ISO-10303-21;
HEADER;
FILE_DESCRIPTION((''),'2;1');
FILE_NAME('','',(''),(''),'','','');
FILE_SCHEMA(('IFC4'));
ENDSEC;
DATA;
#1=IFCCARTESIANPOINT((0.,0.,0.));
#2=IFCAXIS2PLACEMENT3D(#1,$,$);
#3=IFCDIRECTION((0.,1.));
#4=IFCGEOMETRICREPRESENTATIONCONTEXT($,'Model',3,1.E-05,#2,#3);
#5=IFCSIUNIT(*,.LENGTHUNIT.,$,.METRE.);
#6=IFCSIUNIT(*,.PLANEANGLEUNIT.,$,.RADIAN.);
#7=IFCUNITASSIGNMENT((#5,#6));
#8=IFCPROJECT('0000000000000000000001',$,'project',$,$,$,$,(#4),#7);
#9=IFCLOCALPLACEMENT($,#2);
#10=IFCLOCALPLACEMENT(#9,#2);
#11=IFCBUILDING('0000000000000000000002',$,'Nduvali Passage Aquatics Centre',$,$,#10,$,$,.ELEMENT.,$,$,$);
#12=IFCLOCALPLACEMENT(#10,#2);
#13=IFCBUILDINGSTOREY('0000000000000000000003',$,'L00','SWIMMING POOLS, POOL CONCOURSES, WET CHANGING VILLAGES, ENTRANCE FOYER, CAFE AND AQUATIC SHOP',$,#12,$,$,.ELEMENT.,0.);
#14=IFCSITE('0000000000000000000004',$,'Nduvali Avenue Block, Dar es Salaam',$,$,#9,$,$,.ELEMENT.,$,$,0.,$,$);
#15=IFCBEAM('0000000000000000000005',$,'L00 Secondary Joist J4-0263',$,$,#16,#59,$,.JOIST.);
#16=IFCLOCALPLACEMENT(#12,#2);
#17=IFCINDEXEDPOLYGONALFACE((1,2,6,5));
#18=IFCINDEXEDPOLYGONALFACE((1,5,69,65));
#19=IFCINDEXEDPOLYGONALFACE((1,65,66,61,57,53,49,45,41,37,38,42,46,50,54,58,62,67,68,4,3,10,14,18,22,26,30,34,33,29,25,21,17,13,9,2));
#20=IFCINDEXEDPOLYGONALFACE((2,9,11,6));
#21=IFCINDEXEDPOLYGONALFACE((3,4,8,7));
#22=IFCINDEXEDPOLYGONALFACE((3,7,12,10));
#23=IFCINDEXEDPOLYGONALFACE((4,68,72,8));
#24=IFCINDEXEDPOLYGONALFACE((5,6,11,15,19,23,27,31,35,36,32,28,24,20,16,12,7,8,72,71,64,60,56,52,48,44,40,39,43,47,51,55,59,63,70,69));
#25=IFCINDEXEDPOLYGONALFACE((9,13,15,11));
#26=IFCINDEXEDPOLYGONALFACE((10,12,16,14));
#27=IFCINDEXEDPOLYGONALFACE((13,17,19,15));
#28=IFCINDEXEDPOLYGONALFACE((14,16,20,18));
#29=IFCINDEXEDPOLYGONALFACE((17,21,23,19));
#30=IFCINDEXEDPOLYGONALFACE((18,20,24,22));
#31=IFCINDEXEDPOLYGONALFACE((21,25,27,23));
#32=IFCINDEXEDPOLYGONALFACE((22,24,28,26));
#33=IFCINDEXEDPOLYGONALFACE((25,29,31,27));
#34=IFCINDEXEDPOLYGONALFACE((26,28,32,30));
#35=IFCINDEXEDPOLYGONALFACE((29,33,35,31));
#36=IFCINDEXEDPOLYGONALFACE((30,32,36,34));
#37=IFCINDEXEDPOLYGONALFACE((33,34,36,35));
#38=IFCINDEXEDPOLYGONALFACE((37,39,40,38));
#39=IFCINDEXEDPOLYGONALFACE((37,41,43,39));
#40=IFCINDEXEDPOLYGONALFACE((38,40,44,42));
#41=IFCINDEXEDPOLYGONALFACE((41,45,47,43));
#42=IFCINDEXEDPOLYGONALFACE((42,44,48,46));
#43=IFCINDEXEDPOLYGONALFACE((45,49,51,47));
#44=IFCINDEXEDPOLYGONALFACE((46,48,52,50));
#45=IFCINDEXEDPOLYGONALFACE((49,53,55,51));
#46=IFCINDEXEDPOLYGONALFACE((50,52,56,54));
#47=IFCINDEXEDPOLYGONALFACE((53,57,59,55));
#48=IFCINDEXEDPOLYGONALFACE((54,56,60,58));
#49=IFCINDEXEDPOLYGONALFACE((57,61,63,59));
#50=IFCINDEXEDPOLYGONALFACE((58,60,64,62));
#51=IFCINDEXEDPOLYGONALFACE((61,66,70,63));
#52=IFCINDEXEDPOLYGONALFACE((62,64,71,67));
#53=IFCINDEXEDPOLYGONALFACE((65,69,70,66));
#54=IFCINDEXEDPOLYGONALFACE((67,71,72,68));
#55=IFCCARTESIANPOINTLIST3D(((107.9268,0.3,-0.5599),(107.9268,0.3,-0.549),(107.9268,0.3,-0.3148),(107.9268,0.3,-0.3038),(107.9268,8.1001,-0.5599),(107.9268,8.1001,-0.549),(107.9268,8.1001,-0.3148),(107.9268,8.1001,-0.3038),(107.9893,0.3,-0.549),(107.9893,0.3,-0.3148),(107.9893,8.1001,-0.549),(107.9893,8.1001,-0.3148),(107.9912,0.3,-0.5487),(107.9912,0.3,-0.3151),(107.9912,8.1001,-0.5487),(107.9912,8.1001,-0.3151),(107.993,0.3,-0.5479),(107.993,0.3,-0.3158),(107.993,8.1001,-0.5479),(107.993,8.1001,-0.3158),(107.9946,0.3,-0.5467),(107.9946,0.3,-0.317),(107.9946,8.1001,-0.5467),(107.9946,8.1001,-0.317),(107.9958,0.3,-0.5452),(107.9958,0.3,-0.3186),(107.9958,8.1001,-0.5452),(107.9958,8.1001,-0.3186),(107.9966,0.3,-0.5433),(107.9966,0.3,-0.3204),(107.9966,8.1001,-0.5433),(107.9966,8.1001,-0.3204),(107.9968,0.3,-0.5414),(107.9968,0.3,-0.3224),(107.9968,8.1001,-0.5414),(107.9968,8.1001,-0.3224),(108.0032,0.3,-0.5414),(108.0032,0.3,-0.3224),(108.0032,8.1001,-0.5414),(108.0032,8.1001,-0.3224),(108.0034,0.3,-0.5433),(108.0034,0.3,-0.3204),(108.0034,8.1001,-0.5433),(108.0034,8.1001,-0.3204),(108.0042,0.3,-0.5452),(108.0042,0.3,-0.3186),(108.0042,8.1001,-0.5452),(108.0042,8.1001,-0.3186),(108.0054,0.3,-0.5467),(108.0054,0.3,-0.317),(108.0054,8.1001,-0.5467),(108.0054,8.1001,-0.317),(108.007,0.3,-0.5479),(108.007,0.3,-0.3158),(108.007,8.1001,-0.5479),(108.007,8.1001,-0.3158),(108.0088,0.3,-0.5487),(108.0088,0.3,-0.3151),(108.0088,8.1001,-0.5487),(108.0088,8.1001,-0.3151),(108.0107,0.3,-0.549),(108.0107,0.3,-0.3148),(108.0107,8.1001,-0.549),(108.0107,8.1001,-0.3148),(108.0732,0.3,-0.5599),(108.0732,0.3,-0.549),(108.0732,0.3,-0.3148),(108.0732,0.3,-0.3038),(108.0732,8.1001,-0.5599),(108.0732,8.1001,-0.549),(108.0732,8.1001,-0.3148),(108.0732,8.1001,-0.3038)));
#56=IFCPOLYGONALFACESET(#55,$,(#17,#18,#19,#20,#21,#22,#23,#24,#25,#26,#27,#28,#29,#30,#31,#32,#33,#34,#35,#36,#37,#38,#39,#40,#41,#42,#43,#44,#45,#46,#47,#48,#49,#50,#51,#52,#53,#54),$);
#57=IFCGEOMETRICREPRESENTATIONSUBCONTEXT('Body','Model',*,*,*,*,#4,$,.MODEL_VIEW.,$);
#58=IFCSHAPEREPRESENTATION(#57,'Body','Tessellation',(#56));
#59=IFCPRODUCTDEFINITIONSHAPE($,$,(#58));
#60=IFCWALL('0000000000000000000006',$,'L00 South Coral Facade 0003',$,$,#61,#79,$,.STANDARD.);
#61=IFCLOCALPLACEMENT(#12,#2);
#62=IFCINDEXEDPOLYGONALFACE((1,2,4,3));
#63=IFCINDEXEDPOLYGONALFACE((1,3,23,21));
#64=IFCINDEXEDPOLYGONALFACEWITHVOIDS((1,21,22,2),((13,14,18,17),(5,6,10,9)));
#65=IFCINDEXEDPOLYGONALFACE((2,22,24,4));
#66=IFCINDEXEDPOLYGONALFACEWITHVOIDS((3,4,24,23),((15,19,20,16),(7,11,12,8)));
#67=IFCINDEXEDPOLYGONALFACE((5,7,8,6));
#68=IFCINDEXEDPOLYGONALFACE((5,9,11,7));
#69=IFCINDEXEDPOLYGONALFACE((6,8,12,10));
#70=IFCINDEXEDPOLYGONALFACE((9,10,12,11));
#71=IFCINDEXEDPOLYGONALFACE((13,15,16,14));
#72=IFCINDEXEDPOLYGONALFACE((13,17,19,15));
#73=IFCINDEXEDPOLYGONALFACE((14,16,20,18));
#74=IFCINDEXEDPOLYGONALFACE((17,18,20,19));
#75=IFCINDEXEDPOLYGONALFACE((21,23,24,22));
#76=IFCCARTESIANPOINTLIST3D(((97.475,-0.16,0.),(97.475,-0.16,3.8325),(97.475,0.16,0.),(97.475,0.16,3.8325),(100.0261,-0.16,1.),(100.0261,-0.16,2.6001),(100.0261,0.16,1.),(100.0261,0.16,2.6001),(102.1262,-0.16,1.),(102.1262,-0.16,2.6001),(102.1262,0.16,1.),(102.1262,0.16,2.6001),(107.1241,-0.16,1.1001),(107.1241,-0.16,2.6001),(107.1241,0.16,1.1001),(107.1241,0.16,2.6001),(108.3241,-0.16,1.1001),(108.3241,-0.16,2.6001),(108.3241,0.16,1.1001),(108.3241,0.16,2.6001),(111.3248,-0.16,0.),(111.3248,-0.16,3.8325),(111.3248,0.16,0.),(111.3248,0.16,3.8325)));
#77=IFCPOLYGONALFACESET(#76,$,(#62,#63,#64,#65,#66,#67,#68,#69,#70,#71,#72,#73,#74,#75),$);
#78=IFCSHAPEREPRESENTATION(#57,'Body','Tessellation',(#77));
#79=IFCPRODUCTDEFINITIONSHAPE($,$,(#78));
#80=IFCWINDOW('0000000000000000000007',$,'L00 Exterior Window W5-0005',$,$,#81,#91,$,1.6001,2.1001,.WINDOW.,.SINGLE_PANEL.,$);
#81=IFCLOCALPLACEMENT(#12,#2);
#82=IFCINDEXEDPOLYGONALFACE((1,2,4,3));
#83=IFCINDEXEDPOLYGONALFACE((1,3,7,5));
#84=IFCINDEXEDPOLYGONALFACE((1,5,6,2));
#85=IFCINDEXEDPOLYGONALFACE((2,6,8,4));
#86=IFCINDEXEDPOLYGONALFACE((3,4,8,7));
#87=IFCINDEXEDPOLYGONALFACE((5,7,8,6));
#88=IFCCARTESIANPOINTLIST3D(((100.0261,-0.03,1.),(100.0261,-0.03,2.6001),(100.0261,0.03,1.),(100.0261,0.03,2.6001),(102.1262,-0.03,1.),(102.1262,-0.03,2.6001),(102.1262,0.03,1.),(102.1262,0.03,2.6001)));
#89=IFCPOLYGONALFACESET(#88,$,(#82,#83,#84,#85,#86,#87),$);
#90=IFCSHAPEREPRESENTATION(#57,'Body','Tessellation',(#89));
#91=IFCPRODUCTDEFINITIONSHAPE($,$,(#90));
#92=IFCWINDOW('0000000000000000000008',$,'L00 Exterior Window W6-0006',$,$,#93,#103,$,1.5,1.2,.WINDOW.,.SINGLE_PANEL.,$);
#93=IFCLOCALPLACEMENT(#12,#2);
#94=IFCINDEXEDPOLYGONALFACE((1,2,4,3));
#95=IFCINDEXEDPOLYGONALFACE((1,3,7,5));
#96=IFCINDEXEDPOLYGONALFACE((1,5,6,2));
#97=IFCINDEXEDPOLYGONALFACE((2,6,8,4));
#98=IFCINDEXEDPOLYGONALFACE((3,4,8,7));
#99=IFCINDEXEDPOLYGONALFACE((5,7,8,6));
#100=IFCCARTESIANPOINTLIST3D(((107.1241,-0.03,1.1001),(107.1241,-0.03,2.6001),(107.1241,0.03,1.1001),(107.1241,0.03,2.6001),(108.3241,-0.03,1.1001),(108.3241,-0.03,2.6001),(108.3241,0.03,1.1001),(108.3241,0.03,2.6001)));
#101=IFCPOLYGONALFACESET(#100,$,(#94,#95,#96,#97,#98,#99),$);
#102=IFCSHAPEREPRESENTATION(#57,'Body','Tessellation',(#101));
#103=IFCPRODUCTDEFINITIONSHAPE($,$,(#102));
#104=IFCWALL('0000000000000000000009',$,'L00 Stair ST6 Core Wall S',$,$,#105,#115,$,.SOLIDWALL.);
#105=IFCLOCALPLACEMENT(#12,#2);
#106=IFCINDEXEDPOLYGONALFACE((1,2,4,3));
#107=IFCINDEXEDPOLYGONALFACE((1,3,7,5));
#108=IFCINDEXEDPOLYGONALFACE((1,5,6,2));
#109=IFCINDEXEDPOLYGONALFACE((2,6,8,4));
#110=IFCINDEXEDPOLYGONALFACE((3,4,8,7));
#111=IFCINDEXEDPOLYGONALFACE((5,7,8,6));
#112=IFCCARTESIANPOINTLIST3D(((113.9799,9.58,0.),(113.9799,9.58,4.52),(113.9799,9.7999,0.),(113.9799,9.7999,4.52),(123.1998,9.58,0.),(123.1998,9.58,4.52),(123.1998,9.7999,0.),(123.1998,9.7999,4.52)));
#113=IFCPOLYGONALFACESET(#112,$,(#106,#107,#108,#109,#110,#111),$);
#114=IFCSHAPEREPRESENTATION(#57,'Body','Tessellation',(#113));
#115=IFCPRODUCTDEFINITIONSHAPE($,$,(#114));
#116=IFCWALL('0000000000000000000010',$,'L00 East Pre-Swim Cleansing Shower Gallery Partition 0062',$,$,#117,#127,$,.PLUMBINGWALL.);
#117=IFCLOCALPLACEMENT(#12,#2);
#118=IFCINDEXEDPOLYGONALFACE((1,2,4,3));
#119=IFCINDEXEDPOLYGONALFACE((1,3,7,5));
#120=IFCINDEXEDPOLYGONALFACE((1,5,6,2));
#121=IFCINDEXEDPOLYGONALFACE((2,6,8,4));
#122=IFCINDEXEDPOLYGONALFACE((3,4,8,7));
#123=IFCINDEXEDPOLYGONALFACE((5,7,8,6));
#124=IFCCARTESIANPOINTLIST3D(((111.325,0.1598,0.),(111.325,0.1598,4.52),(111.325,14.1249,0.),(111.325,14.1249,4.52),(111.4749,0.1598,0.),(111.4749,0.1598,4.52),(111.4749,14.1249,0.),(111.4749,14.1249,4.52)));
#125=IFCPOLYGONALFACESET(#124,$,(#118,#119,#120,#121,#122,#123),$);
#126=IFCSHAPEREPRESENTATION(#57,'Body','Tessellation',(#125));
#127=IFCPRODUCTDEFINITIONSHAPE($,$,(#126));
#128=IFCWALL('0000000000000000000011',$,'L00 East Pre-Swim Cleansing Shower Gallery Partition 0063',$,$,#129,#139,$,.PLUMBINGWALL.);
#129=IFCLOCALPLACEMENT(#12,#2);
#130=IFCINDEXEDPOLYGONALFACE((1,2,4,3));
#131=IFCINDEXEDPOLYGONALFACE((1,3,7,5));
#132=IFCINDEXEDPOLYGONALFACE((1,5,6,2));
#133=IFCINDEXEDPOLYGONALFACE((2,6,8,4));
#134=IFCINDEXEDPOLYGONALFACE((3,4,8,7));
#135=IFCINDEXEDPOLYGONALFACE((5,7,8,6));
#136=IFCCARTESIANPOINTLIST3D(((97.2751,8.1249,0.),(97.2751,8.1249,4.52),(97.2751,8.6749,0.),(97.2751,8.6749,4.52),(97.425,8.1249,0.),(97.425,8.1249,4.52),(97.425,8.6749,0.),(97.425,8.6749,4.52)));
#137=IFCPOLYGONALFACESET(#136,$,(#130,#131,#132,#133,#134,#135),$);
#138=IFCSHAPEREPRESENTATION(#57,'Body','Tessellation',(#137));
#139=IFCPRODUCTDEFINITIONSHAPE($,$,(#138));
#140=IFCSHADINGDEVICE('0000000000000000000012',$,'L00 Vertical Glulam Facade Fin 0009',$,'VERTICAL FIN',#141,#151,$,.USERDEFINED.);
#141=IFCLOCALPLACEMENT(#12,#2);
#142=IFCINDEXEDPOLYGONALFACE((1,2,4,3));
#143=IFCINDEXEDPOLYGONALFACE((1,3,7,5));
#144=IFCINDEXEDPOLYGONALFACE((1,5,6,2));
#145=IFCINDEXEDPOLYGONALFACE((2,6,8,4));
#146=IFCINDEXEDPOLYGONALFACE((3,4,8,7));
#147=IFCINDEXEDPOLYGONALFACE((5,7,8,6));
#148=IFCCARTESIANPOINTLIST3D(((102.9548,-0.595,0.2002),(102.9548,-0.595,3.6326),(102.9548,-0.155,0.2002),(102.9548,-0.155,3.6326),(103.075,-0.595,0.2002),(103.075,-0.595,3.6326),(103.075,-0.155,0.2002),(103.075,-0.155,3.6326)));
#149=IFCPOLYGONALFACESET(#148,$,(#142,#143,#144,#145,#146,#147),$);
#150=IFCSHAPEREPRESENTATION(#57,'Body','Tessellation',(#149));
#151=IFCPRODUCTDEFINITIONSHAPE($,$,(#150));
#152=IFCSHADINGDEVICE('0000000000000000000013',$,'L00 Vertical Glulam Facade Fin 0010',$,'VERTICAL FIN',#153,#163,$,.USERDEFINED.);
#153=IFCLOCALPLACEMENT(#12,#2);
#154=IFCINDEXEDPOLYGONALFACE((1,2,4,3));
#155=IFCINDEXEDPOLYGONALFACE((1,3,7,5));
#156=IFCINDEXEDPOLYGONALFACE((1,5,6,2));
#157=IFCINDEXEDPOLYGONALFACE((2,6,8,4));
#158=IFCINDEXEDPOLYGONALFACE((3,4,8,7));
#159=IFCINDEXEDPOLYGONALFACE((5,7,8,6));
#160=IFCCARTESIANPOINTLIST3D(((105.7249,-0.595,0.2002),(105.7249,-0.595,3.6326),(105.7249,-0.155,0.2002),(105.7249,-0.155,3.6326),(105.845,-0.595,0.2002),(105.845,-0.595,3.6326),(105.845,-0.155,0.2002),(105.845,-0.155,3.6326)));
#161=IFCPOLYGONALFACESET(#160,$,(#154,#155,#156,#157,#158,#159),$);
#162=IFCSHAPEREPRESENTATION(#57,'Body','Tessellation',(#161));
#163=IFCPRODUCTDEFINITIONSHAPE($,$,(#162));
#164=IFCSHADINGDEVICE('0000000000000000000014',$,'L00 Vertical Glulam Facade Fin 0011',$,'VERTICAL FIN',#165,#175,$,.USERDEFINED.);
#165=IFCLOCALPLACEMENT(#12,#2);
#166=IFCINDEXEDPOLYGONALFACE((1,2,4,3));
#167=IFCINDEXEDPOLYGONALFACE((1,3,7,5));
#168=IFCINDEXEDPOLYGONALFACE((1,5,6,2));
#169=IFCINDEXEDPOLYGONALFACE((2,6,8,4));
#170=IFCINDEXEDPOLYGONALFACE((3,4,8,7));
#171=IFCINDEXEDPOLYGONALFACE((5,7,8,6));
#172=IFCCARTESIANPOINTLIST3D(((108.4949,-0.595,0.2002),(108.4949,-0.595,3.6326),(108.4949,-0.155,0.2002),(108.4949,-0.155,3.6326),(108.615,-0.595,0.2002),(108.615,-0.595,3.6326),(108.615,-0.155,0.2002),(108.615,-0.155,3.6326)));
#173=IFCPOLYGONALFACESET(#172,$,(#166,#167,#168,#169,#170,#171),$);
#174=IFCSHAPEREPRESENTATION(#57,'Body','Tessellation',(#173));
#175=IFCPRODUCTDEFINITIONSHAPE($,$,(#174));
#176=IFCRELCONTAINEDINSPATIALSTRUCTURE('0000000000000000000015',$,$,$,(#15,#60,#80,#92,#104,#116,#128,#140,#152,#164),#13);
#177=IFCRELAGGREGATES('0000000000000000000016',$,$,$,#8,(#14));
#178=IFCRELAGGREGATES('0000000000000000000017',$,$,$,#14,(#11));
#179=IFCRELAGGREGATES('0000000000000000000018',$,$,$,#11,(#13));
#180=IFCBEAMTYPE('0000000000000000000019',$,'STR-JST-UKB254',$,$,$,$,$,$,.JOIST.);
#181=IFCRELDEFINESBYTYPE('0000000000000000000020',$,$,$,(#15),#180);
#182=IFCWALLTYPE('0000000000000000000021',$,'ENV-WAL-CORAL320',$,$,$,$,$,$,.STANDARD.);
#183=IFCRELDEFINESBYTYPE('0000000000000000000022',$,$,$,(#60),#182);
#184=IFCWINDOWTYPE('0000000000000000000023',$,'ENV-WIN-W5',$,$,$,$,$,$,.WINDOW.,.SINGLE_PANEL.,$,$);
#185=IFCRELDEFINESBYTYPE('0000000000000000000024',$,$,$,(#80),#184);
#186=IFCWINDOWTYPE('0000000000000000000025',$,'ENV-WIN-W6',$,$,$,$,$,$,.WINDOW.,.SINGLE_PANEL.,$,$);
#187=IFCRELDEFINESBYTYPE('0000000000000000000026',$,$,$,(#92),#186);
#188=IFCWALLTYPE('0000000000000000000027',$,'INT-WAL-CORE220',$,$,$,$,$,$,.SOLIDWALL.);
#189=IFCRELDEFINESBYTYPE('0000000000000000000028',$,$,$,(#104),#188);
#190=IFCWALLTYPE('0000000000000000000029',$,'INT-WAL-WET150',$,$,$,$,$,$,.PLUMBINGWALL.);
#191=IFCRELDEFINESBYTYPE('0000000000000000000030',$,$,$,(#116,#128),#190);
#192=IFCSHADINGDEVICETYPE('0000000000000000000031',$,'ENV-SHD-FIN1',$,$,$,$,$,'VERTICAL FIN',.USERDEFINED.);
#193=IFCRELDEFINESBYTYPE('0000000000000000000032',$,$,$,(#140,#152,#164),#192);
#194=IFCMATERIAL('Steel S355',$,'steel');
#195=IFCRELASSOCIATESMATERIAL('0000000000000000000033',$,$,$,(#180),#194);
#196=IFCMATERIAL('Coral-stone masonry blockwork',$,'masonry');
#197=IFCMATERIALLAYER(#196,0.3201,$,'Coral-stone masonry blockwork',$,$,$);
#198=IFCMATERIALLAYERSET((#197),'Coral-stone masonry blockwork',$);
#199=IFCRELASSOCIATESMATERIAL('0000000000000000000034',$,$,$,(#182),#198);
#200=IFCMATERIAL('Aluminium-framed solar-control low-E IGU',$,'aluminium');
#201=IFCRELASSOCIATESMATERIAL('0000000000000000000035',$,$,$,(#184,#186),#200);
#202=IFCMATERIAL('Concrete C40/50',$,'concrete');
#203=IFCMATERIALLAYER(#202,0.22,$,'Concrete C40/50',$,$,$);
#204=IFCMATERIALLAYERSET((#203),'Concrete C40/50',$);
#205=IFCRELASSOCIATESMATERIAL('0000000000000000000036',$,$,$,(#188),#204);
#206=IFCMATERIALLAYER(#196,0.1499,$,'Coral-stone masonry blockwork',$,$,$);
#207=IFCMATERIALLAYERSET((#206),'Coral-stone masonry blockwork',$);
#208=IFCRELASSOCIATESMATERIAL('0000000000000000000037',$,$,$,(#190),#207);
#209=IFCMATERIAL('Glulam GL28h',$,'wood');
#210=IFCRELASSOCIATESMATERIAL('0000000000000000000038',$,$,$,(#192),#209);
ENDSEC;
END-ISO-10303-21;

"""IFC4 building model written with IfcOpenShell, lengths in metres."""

from ifc_helpers import new_model, si_unit, direction, frame, frame_2d, origin, origin_2d, place, context, subcontext, project, spatial, rectangle, i_section, extrude, material, layer, layer_set, material_profile, profile_set, type_object, element, fill, save


model = new_model("IFC4")

# Units and contexts
model_context = context("Model", 3, precision=1e-05, world=origin(), true_north=direction((0.0, 1.0)))
body_context = subcontext(model_context, "Body", "Model", "MODEL_VIEW")
ifc_project = project(units=[si_unit("LENGTHUNIT", "METRE"), si_unit("PLANEANGLEUNIT", "RADIAN")], contexts=[model_context])

# Site, building, storey
site_placement = place(None, origin())
site = spatial("IfcSite", under=ifc_project, at=site_placement, Name="Nduvali Avenue Block, Dar es Salaam", CompositionType="ELEMENT", RefElevation=0.0)
building_placement = place(site_placement, origin())
building = spatial("IfcBuilding", under=site, at=building_placement, Name="Nduvali Passage Aquatics Centre", CompositionType="ELEMENT")
storey_placement = place(building_placement, origin())
storey = spatial("IfcBuildingStorey", under=building, at=storey_placement, Name="L00", Description="SWIMMING POOLS, POOL CONCOURSES, WET CHANGING VILLAGES, ENTRANCE FOYER, CAFE AND AQUATIC SHOP", CompositionType="ELEMENT", Elevation=0.0)

# Shared definitions
ifc_material_1 = material(Name="Concrete C40/50", Category="concrete")

# Beam
ifc_material_2 = material(Name="Steel S355", Category="steel")
ifc_material_profile_1 = material_profile(ifc_material_2, i_section(OverallWidth=0.1465, OverallDepth=0.2561, WebThickness=0.0063, FlangeThickness=0.011, FilletRadius=0.0076, at=origin_2d()), Name="UKB 254x146x37")
ifc_profile_set_1 = profile_set([ifc_material_profile_1], Name="Steel S355")
beam_type_1 = type_object("IfcBeamType", Name="STR-JST-UKB254", PredefinedType="JOIST", material=ifc_profile_set_1)
for number, where, z_axis, x_axis, name in (
    (1, (108.0, 0.3, -0.4319), (0.0, 1.0, 0.0), (-1.0, 0.0, 0.0), "L00 Secondary Joist J4-0263"),
):
    element("IfcBeam", number, at=place(storey_placement, frame(where, z_axis=z_axis, x_axis=x_axis)), inside=storey, type_object=beam_type_1, Name=name, PredefinedType="JOIST", context=body_context, shape_type="SweptSolid", body=[
        extrude(i_section(OverallWidth=0.1465, OverallDepth=0.2561, WebThickness=0.0063, FlangeThickness=0.011, FilletRadius=0.0076, at=origin_2d()), origin(), (0.0, 0.0, 1.0), 7.8),
    ])

# Wall, openings, windows
ifc_material_3 = material(Name="Coral-stone masonry blockwork", Category="masonry")
ifc_layer_1 = layer(ifc_material_3, 0.3201, Name="Coral-stone masonry blockwork")
ifc_layer_set_1 = layer_set([ifc_layer_1], Name="Coral-stone masonry blockwork")
wall_type_1 = type_object("IfcWallType", Name="ENV-WAL-CORAL320", PredefinedType="STANDARD", material=ifc_layer_set_1)
wall_1_placement = place(storey_placement, frame((97.4751, 0.0, 0.0), z_axis=(0.0, 0.0, 1.0), x_axis=(1.0, 0.0, 0.0)))
wall_1 = element("IfcWall", 2, at=wall_1_placement, inside=storey, type_object=wall_type_1, Name="L00 South Coral Facade 0003", PredefinedType="STANDARD", context=body_context, shape_type="SweptSolid", body=[
    extrude(rectangle(XDim=13.8499, YDim=0.3201, at=frame_2d((6.9248, 0.0))), origin(), (0.0, 0.0, 1.0), 3.8325),
])
opening_1_placement = place(wall_1_placement, frame((2.551, 0.0, 1.0)))
opening_1 = element("IfcOpeningElement", 3, at=opening_1_placement, cuts=wall_1, PredefinedType="OPENING", context=body_context, shape_type="SweptSolid", body=[
    extrude(rectangle(XDim=2.1001, YDim=1.6001, at=frame_2d((1.05, 0.8))), frame((0.0, 0.1748, 0.0), z_axis=(0.0, -1.0, 0.0), x_axis=(1.0, 0.0, 0.0)), (0.0, 0.0, 1.0), 0.3499),
])
opening_2_placement = place(wall_1_placement, frame((9.6489, 0.0, 1.1001)))
opening_2 = element("IfcOpeningElement", 4, at=opening_2_placement, cuts=wall_1, PredefinedType="OPENING", context=body_context, shape_type="SweptSolid", body=[
    extrude(rectangle(XDim=1.2, YDim=1.5, at=frame_2d((0.6001, 0.75))), frame((0.0, 0.1748, 0.0), z_axis=(0.0, -1.0, 0.0), x_axis=(1.0, 0.0, 0.0)), (0.0, 0.0, 1.0), 0.3499),
])
ifc_material_4 = material(Name="Aluminium-framed solar-control low-E IGU", Category="aluminium")
window_type_1 = type_object("IfcWindowType", Name="ENV-WIN-W5", PartitioningType="SINGLE_PANEL", PredefinedType="WINDOW", material=ifc_material_4)
window_1_placement = place(opening_1_placement, origin())
window_1 = element("IfcWindow", 5, at=window_1_placement, inside=storey, type_object=window_type_1, Name="L00 Exterior Window W5-0005", OverallHeight=1.6001, OverallWidth=2.1001, PartitioningType="SINGLE_PANEL", PredefinedType="WINDOW", context=body_context, shape_type="SweptSolid", body=[
    extrude(rectangle(XDim=2.1001, YDim=1.6001, at=frame_2d((1.05, 0.8))), frame((0.0, 0.03, 0.0), z_axis=(0.0, -1.0, 0.0), x_axis=(1.0, 0.0, 0.0)), (0.0, 0.0, 1.0), 0.0601),
])
fill(opening_1, window_1)
window_type_2 = type_object("IfcWindowType", Name="ENV-WIN-W6", PartitioningType="SINGLE_PANEL", PredefinedType="WINDOW", material=ifc_material_4)
window_2_placement = place(opening_2_placement, origin())
window_2 = element("IfcWindow", 6, at=window_2_placement, inside=storey, type_object=window_type_2, Name="L00 Exterior Window W6-0006", OverallHeight=1.5, OverallWidth=1.2, PartitioningType="SINGLE_PANEL", PredefinedType="WINDOW", context=body_context, shape_type="SweptSolid", body=[
    extrude(rectangle(XDim=1.2, YDim=1.5, at=frame_2d((0.6001, 0.75))), frame((0.0, 0.03, 0.0), z_axis=(0.0, -1.0, 0.0), x_axis=(1.0, 0.0, 0.0)), (0.0, 0.0, 1.0), 0.0601),
])
fill(opening_2, window_2)

# Walls
ifc_layer_2 = layer(ifc_material_1, 0.22, Name="Concrete C40/50")
ifc_layer_set_2 = layer_set([ifc_layer_2], Name="Concrete C40/50")
wall_type_2 = type_object("IfcWallType", Name="INT-WAL-CORE220", PredefinedType="SOLIDWALL", material=ifc_layer_set_2)
wall_2_placement = place(storey_placement, frame((113.98, 9.6899, 0.0), z_axis=(0.0, 0.0, 1.0), x_axis=(1.0, 0.0, 0.0)))
element("IfcWall", 7, at=wall_2_placement, inside=storey, type_object=wall_type_2, Name="L00 Stair ST6 Core Wall S", PredefinedType="SOLIDWALL", context=body_context, shape_type="SweptSolid", body=[
    extrude(rectangle(XDim=9.22, YDim=0.22, at=frame_2d((4.6099, 0.0))), origin(), (0.0, 0.0, 1.0), 4.52),
])
ifc_layer_3 = layer(ifc_material_3, 0.1499, Name="Coral-stone masonry blockwork")
ifc_layer_set_3 = layer_set([ifc_layer_3], Name="Coral-stone masonry blockwork")
wall_type_3 = type_object("IfcWallType", Name="INT-WAL-WET150", PredefinedType="PLUMBINGWALL", material=ifc_layer_set_3)
wall_3_placement = place(storey_placement, frame((111.3999, 0.1599, 0.0), z_axis=(0.0, 0.0, 1.0), x_axis=(0.0, 1.0, 0.0)))
element("IfcWall", 8, at=wall_3_placement, inside=storey, type_object=wall_type_3, Name="L00 East Pre-Swim Cleansing Shower Gallery Partition 0062", PredefinedType="PLUMBINGWALL", context=body_context, shape_type="SweptSolid", body=[
    extrude(rectangle(XDim=13.9651, YDim=0.1499, at=frame_2d((6.9824, 0.0))), origin(), (0.0, 0.0, 1.0), 4.52),
])
wall_4_placement = place(storey_placement, frame((97.3501, 8.125, 0.0), z_axis=(0.0, 0.0, 1.0), x_axis=(0.0, 1.0, 0.0)))
element("IfcWall", 9, at=wall_4_placement, inside=storey, type_object=wall_type_3, Name="L00 East Pre-Swim Cleansing Shower Gallery Partition 0063", PredefinedType="PLUMBINGWALL", context=body_context, shape_type="SweptSolid", body=[
    extrude(rectangle(XDim=0.55, YDim=0.1499, at=frame_2d((0.2749, 0.0))), origin(), (0.0, 0.0, 1.0), 4.52),
])

# Shading devices
ifc_material_5 = material(Name="Glulam GL28h", Category="wood")
shading_device_type_1 = type_object("IfcShadingDeviceType", Name="ENV-SHD-FIN1", ElementType="VERTICAL FIN", PredefinedType="USERDEFINED", material=ifc_material_5)
for number, where, z_axis, x_axis, name in (
    (10, (103.0149, -0.375, 0.2002), (0.0, 0.0, 1.0), (1.0, 0.0, 0.0), "L00 Vertical Glulam Facade Fin 0009"),
    (11, (105.7849, -0.375, 0.2002), (0.0, 0.0, 1.0), (1.0, 0.0, 0.0), "L00 Vertical Glulam Facade Fin 0010"),
    (12, (108.5549, -0.375, 0.2002), (0.0, 0.0, 1.0), (1.0, 0.0, 0.0), "L00 Vertical Glulam Facade Fin 0011"),
):
    element("IfcShadingDevice", number, at=place(storey_placement, frame(where, z_axis=z_axis, x_axis=x_axis)), inside=storey, type_object=shading_device_type_1, Name=name, ObjectType="VERTICAL FIN", PredefinedType="USERDEFINED", context=body_context, shape_type="SweptSolid", body=[
        extrude(rectangle(XDim=0.1201, YDim=0.4399, at=origin_2d()), origin(), (0.0, 0.0, 1.0), 3.4324),
    ])

save(model, "model.ifc")
